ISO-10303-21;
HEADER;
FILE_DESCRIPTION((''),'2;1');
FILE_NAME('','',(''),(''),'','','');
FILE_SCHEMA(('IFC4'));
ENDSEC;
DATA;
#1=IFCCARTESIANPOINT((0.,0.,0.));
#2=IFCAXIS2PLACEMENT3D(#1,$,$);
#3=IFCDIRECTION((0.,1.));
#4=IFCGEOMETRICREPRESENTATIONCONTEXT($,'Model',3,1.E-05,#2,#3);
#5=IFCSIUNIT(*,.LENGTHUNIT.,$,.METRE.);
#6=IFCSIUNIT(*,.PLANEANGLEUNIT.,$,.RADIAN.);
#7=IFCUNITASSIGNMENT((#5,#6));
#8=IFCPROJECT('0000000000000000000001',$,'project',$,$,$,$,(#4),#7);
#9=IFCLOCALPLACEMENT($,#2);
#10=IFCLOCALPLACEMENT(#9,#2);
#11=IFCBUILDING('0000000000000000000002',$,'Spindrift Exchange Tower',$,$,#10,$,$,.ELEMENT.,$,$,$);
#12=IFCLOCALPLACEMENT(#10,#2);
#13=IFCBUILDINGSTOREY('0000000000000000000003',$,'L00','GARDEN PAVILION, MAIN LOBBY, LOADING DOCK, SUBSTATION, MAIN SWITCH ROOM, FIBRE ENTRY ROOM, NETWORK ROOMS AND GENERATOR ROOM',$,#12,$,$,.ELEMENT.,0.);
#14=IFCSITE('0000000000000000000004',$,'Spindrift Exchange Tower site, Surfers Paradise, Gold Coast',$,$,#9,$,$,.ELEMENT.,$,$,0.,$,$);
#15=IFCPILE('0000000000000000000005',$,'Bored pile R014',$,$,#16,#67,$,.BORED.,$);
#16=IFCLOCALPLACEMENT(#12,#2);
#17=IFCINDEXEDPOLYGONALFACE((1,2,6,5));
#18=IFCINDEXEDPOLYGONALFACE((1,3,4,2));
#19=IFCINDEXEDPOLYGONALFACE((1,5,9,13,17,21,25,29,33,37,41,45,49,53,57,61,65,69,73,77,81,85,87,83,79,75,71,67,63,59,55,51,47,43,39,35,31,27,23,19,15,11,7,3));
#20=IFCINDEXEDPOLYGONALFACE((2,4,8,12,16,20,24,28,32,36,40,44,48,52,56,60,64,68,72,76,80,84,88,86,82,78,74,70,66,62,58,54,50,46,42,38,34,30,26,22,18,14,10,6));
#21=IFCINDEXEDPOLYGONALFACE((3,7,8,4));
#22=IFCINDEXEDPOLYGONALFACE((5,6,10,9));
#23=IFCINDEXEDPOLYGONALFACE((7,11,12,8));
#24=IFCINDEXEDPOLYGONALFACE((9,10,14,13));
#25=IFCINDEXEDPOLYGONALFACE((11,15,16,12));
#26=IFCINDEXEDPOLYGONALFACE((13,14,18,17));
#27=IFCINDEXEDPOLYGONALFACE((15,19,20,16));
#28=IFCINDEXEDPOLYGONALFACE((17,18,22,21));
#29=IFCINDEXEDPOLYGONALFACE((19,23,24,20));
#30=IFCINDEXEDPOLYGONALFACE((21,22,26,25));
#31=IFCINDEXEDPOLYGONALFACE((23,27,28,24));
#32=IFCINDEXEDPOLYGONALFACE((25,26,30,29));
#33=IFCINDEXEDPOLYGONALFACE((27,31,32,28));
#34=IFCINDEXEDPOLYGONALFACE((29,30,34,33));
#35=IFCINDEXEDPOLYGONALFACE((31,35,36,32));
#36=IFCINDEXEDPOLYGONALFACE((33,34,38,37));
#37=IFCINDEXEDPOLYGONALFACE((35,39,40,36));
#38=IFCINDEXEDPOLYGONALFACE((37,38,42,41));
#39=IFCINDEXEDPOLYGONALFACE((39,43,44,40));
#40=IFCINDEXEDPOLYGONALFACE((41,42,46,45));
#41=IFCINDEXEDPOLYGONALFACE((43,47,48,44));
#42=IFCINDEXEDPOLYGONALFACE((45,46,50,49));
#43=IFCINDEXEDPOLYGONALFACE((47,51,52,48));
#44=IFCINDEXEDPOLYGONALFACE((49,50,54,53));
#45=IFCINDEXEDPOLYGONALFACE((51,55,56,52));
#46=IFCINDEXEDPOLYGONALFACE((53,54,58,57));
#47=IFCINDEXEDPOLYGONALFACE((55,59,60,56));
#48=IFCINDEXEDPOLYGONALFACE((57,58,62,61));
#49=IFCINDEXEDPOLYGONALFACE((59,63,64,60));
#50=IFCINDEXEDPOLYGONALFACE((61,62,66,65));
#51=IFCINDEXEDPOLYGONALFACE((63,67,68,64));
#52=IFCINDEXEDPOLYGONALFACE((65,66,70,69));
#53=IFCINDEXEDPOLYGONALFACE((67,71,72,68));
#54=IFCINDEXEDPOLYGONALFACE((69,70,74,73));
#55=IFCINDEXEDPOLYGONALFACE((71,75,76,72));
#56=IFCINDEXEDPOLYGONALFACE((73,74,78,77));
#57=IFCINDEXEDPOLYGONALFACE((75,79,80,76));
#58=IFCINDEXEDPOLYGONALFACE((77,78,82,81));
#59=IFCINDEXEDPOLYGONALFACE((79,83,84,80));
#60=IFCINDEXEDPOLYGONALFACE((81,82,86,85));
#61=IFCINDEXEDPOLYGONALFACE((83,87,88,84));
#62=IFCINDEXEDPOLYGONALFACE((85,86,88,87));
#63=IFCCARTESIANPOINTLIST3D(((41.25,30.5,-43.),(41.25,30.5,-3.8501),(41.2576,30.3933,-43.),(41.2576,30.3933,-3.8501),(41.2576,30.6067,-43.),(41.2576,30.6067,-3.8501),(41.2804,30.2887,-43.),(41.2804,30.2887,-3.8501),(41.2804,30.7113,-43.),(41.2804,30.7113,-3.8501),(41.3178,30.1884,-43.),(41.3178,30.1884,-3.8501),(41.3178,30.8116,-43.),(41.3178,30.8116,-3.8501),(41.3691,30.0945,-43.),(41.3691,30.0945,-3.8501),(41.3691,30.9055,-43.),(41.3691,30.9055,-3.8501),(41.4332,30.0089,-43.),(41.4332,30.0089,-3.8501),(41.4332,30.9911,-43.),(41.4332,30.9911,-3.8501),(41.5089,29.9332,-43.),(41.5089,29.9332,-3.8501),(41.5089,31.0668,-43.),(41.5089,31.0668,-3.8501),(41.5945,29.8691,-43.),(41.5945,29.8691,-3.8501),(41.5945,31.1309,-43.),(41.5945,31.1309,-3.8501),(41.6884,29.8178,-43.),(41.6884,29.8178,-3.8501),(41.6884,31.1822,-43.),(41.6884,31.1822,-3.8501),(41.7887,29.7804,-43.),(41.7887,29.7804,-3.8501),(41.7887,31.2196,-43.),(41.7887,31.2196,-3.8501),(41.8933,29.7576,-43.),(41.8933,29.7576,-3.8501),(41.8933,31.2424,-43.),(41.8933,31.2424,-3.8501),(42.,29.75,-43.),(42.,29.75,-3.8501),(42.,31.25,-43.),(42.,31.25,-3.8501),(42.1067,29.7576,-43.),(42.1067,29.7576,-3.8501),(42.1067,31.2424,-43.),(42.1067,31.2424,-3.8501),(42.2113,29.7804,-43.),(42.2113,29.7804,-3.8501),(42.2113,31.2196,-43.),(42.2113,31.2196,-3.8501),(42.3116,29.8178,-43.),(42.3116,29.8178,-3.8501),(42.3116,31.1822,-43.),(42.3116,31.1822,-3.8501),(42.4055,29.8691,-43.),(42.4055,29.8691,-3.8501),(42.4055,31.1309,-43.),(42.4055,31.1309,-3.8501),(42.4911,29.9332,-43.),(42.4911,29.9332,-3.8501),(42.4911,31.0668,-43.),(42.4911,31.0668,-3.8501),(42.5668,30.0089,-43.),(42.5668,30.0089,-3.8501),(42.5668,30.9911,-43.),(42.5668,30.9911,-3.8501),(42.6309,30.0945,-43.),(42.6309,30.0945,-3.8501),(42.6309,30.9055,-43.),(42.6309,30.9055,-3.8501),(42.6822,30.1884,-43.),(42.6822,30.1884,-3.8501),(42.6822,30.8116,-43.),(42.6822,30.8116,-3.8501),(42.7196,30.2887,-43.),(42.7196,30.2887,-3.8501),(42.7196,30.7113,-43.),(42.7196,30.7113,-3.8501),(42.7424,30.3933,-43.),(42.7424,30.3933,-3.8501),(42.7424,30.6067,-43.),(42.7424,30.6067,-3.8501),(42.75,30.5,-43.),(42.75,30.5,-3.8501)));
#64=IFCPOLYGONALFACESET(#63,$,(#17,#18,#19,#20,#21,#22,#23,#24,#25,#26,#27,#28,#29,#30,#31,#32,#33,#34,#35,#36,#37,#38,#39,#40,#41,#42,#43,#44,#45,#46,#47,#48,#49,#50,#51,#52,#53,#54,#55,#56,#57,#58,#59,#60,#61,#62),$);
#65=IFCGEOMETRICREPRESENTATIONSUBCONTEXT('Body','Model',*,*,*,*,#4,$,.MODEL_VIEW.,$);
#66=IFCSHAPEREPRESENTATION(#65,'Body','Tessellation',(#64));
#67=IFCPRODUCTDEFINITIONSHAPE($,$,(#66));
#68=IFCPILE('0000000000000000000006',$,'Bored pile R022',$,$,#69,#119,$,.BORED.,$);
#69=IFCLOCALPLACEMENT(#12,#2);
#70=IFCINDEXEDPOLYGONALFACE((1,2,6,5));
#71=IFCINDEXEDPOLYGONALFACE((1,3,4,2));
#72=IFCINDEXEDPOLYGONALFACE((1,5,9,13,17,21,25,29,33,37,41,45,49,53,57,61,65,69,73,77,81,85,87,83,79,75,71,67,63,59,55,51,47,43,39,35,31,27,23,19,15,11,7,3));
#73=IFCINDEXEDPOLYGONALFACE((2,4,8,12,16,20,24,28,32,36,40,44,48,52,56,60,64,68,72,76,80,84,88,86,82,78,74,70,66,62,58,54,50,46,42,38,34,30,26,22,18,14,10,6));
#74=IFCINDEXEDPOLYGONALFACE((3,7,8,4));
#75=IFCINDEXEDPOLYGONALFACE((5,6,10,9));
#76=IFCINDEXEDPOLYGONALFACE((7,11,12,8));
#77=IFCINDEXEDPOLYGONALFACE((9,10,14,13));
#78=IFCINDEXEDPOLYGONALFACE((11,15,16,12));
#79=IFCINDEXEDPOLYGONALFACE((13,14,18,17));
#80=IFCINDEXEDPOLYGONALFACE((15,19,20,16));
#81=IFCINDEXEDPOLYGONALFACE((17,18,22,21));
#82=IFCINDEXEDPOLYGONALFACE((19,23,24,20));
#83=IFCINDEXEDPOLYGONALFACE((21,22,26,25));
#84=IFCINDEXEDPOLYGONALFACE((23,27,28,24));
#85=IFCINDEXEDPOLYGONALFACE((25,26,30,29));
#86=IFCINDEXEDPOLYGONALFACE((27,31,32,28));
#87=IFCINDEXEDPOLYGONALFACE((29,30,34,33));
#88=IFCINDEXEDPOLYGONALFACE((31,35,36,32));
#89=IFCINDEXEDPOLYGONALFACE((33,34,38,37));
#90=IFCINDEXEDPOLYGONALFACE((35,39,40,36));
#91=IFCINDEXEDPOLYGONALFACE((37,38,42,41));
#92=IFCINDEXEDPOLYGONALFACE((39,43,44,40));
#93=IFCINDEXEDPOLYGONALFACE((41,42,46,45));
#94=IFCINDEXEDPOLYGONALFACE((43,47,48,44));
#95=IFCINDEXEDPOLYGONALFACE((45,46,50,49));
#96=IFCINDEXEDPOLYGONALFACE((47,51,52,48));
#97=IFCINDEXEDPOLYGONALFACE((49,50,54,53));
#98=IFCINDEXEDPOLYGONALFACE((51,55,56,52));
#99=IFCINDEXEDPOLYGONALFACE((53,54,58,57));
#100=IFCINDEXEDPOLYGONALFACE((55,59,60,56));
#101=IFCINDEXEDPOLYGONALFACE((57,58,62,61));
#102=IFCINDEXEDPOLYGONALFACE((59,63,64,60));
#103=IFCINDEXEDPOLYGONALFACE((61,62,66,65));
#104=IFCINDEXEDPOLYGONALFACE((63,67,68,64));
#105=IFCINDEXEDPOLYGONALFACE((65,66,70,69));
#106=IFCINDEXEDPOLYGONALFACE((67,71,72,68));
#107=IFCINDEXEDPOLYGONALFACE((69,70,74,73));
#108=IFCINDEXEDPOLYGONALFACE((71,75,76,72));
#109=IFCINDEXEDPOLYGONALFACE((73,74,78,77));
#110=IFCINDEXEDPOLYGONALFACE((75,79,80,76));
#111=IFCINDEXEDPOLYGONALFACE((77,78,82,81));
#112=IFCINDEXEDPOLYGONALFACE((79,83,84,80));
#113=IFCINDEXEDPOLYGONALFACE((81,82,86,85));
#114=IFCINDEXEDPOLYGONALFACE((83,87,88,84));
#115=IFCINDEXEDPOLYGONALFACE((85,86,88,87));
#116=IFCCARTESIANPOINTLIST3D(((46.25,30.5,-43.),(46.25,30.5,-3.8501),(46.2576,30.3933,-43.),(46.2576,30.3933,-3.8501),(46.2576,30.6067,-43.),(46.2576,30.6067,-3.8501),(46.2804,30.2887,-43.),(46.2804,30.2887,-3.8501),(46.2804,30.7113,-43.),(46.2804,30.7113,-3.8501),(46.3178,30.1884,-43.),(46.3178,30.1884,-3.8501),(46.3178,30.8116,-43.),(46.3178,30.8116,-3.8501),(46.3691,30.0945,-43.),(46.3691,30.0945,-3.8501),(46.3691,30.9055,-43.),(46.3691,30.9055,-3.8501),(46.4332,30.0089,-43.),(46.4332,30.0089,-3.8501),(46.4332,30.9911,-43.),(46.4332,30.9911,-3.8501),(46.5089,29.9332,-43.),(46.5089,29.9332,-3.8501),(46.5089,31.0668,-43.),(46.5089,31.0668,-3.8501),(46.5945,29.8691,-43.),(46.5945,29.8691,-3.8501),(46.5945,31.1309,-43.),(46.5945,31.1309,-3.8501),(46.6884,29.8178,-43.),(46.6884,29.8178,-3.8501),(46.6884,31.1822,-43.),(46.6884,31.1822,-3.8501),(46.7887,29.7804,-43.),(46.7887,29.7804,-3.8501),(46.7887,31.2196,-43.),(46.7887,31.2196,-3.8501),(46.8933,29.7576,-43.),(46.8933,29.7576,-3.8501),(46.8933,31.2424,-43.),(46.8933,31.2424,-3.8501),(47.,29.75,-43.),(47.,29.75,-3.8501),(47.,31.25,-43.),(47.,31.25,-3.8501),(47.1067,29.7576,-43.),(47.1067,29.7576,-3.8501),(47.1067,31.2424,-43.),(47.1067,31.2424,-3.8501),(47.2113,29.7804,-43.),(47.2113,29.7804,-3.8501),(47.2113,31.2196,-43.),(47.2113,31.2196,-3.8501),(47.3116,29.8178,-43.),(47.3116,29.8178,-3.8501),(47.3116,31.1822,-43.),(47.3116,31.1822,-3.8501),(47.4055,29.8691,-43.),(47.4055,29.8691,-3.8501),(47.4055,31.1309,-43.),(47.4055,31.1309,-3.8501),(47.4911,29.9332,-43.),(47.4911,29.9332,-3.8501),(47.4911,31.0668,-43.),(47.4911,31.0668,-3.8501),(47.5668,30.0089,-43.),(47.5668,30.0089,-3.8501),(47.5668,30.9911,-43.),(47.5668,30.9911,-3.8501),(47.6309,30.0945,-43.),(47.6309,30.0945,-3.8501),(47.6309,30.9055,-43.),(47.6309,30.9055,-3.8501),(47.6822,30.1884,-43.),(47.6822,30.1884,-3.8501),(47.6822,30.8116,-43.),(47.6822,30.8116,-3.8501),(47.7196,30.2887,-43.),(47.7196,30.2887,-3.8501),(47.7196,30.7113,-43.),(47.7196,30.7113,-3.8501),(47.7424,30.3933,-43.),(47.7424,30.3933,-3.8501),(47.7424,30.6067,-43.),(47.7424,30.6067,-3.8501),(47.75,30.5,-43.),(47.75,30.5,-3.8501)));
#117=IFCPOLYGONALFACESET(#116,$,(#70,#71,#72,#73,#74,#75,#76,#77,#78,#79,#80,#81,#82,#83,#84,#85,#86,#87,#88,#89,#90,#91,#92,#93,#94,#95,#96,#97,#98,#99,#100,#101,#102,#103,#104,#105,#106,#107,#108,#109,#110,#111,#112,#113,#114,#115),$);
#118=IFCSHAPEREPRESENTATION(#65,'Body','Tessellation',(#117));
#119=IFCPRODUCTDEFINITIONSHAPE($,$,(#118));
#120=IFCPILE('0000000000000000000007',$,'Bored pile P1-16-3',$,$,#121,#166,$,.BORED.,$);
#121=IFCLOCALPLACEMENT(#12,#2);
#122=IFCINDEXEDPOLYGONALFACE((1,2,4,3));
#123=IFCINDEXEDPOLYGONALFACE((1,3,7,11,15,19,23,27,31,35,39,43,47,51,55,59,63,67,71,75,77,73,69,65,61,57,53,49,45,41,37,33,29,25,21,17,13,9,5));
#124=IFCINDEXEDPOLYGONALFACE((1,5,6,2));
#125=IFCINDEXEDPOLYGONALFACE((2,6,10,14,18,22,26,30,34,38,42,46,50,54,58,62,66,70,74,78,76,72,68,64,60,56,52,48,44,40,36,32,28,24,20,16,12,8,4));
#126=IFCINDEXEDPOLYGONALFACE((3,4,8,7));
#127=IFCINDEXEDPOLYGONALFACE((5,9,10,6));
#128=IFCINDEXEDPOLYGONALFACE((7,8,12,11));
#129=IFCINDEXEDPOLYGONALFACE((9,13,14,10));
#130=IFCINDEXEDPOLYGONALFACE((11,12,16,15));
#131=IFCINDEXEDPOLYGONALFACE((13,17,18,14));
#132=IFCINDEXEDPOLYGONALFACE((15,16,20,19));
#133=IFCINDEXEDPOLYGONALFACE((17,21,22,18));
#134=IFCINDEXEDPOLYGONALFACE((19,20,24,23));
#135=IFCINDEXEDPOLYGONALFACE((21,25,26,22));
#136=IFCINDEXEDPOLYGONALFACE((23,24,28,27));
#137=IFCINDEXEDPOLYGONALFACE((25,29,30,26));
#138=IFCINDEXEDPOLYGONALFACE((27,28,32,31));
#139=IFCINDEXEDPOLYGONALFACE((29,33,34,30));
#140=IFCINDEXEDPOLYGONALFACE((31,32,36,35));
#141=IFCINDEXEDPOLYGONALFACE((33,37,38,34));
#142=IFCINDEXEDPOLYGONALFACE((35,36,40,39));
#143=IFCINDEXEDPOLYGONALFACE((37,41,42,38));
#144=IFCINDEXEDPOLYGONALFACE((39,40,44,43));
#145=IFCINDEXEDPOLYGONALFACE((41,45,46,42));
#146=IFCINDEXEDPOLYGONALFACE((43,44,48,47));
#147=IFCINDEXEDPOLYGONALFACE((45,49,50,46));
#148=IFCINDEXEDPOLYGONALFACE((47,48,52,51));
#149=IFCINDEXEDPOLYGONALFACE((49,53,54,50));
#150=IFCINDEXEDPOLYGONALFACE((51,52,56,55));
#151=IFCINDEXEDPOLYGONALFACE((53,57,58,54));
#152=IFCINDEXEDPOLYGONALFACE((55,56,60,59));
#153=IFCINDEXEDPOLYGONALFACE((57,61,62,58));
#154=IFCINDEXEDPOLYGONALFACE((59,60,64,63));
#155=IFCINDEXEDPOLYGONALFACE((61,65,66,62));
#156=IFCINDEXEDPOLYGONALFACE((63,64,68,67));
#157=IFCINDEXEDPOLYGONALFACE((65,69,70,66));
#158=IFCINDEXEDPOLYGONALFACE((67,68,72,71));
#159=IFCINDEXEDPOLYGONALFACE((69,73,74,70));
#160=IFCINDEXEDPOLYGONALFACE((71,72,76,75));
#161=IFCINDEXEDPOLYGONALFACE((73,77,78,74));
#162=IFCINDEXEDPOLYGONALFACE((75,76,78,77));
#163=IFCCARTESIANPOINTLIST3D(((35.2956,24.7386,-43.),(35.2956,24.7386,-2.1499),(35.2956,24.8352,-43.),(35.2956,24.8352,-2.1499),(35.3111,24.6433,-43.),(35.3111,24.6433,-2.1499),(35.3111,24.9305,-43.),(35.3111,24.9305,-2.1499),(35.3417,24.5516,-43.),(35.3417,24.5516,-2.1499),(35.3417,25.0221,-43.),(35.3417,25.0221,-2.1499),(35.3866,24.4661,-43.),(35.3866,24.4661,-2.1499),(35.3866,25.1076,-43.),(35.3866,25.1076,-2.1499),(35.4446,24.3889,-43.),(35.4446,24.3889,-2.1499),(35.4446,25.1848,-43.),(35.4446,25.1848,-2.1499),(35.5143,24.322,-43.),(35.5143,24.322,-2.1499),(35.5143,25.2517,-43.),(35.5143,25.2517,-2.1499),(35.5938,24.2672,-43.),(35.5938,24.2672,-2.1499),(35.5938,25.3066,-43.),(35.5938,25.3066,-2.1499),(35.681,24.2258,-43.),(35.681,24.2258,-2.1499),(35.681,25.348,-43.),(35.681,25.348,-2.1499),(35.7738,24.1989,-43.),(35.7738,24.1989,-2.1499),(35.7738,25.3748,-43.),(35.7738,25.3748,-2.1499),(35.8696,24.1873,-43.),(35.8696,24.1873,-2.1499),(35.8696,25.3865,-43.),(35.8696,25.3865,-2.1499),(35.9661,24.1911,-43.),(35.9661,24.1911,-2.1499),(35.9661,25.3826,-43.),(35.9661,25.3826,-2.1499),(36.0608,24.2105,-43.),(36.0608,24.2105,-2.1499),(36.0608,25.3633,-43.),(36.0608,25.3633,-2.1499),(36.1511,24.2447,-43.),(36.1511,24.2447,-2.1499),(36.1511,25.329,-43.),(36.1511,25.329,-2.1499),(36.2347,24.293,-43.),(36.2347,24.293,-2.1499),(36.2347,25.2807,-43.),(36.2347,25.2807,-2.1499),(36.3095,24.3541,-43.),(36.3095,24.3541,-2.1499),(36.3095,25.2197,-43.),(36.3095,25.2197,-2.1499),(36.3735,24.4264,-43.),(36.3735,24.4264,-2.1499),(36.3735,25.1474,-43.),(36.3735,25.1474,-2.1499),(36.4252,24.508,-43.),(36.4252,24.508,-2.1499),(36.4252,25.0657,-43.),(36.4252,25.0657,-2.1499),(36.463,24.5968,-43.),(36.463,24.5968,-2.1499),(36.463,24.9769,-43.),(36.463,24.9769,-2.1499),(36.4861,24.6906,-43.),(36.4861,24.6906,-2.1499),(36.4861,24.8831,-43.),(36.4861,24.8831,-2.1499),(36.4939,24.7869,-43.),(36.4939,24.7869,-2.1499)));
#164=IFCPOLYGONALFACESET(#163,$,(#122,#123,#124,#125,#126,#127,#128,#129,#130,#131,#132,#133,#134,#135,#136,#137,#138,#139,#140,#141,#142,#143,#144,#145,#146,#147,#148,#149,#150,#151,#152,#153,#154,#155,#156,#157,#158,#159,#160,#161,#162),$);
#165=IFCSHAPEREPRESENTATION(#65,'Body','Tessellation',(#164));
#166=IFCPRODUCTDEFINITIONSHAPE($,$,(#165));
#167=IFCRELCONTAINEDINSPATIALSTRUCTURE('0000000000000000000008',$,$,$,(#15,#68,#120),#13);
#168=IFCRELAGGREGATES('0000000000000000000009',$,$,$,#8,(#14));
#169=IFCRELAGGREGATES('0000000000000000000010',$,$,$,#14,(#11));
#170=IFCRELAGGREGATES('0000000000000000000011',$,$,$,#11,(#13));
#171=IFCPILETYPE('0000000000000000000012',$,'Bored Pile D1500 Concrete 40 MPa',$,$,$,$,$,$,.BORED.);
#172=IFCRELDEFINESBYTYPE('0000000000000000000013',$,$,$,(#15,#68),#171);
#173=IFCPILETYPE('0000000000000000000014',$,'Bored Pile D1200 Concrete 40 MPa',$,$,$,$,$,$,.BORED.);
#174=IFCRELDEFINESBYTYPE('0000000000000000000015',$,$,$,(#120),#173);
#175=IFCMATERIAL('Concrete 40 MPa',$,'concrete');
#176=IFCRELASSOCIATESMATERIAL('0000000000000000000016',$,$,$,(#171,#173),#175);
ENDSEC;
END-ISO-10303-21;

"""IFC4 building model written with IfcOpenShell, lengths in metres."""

from ifc_helpers import new_model, si_unit, direction, frame, origin, origin_2d, place, context, subcontext, project, spatial, circle, extrude, source, transform, mapped, material, material_profile, profile_set, type_object, element, save


model = new_model("IFC4")

# Units and contexts
model_context = context("Model", 3, precision=1e-05, world=origin(), true_north=direction((0.0, 1.0)))
body_context = subcontext(model_context, "Body", "Model", "MODEL_VIEW")
ifc_project = project(units=[si_unit("LENGTHUNIT", "METRE"), si_unit("PLANEANGLEUNIT", "RADIAN")], contexts=[model_context])

# Site, building, storey
site_placement = place(None, origin())
site = spatial("IfcSite", under=ifc_project, at=site_placement, Name="Spindrift Exchange Tower site, Surfers Paradise, Gold Coast", CompositionType="ELEMENT", RefElevation=0.0)
building_placement = place(site_placement, origin())
building = spatial("IfcBuilding", under=site, at=building_placement, Name="Spindrift Exchange Tower", CompositionType="ELEMENT")
storey_placement = place(building_placement, origin())
storey = spatial("IfcBuildingStorey", under=building, at=storey_placement, Name="L00", Description="GARDEN PAVILION, MAIN LOBBY, LOADING DOCK, SUBSTATION, MAIN SWITCH ROOM, FIBRE ENTRY ROOM, NETWORK ROOMS AND GENERATOR ROOM", CompositionType="ELEMENT", Elevation=0.0)

# Piles
ifc_material_1 = material(Name="Concrete 40 MPa", Category="concrete")
ifc_material_profile_1 = material_profile(ifc_material_1, circle(Radius=0.75, at=origin_2d()), Name="BP D1500")
ifc_profile_set_1 = profile_set([ifc_material_profile_1], Name="Concrete 40 MPa")
pile_type_1 = type_object("IfcPileType", Name="Bored Pile D1500 Concrete 40 MPa", PredefinedType="BORED", material=ifc_profile_set_1)
shared_shape_1 = source(origin(), body_context, "Body", "SweptSolid", [
    extrude(circle(Radius=0.75, at=origin_2d()), origin(), (0.0, 0.0, 1.0), 39.1499),
])
for number, where, z_axis, x_axis, name in (
    (1, (42.0, 30.5, -3.8501), (0.0, 0.0, -1.0), (1.0, 0.0, 0.0), "Bored pile R014"),
    (2, (47.0, 30.5, -3.8501), (0.0, 0.0, -1.0), (1.0, 0.0, 0.0), "Bored pile R022"),
):
    element("IfcPile", number, at=place(storey_placement, frame(where, z_axis=z_axis, x_axis=x_axis)), inside=storey, type_object=pile_type_1, Name=name, PredefinedType="BORED", context=body_context, shape_type="MappedRepresentation", body=[
        mapped(shared_shape_1, transform((0.0, 0.0, 0.0), scale=1.0)),
    ])
ifc_material_profile_2 = material_profile(ifc_material_1, circle(Radius=0.6001, at=origin_2d()), Name="BP D1200")
ifc_profile_set_2 = profile_set([ifc_material_profile_2], Name="Concrete 40 MPa")
pile_type_2 = type_object("IfcPileType", Name="Bored Pile D1200 Concrete 40 MPa", PredefinedType="BORED", material=ifc_profile_set_2)
shared_shape_2 = source(origin(), body_context, "Body", "SweptSolid", [
    extrude(circle(Radius=0.6001, at=origin_2d()), origin(), (0.0, 0.0, 1.0), 40.8501),
])
for number, where, z_axis, x_axis, name in (
    (3, (35.8938, 24.7869, -2.1499), (0.0, 0.0, -1.0), (1.0, 0.0, 0.0), "Bored pile P1-16-3"),
):
    element("IfcPile", number, at=place(storey_placement, frame(where, z_axis=z_axis, x_axis=x_axis)), inside=storey, type_object=pile_type_2, Name=name, PredefinedType="BORED", context=body_context, shape_type="MappedRepresentation", body=[
        mapped(shared_shape_2, transform((0.0, 0.0, 0.0), scale=1.0)),
    ])

save(model, "model.ifc")
